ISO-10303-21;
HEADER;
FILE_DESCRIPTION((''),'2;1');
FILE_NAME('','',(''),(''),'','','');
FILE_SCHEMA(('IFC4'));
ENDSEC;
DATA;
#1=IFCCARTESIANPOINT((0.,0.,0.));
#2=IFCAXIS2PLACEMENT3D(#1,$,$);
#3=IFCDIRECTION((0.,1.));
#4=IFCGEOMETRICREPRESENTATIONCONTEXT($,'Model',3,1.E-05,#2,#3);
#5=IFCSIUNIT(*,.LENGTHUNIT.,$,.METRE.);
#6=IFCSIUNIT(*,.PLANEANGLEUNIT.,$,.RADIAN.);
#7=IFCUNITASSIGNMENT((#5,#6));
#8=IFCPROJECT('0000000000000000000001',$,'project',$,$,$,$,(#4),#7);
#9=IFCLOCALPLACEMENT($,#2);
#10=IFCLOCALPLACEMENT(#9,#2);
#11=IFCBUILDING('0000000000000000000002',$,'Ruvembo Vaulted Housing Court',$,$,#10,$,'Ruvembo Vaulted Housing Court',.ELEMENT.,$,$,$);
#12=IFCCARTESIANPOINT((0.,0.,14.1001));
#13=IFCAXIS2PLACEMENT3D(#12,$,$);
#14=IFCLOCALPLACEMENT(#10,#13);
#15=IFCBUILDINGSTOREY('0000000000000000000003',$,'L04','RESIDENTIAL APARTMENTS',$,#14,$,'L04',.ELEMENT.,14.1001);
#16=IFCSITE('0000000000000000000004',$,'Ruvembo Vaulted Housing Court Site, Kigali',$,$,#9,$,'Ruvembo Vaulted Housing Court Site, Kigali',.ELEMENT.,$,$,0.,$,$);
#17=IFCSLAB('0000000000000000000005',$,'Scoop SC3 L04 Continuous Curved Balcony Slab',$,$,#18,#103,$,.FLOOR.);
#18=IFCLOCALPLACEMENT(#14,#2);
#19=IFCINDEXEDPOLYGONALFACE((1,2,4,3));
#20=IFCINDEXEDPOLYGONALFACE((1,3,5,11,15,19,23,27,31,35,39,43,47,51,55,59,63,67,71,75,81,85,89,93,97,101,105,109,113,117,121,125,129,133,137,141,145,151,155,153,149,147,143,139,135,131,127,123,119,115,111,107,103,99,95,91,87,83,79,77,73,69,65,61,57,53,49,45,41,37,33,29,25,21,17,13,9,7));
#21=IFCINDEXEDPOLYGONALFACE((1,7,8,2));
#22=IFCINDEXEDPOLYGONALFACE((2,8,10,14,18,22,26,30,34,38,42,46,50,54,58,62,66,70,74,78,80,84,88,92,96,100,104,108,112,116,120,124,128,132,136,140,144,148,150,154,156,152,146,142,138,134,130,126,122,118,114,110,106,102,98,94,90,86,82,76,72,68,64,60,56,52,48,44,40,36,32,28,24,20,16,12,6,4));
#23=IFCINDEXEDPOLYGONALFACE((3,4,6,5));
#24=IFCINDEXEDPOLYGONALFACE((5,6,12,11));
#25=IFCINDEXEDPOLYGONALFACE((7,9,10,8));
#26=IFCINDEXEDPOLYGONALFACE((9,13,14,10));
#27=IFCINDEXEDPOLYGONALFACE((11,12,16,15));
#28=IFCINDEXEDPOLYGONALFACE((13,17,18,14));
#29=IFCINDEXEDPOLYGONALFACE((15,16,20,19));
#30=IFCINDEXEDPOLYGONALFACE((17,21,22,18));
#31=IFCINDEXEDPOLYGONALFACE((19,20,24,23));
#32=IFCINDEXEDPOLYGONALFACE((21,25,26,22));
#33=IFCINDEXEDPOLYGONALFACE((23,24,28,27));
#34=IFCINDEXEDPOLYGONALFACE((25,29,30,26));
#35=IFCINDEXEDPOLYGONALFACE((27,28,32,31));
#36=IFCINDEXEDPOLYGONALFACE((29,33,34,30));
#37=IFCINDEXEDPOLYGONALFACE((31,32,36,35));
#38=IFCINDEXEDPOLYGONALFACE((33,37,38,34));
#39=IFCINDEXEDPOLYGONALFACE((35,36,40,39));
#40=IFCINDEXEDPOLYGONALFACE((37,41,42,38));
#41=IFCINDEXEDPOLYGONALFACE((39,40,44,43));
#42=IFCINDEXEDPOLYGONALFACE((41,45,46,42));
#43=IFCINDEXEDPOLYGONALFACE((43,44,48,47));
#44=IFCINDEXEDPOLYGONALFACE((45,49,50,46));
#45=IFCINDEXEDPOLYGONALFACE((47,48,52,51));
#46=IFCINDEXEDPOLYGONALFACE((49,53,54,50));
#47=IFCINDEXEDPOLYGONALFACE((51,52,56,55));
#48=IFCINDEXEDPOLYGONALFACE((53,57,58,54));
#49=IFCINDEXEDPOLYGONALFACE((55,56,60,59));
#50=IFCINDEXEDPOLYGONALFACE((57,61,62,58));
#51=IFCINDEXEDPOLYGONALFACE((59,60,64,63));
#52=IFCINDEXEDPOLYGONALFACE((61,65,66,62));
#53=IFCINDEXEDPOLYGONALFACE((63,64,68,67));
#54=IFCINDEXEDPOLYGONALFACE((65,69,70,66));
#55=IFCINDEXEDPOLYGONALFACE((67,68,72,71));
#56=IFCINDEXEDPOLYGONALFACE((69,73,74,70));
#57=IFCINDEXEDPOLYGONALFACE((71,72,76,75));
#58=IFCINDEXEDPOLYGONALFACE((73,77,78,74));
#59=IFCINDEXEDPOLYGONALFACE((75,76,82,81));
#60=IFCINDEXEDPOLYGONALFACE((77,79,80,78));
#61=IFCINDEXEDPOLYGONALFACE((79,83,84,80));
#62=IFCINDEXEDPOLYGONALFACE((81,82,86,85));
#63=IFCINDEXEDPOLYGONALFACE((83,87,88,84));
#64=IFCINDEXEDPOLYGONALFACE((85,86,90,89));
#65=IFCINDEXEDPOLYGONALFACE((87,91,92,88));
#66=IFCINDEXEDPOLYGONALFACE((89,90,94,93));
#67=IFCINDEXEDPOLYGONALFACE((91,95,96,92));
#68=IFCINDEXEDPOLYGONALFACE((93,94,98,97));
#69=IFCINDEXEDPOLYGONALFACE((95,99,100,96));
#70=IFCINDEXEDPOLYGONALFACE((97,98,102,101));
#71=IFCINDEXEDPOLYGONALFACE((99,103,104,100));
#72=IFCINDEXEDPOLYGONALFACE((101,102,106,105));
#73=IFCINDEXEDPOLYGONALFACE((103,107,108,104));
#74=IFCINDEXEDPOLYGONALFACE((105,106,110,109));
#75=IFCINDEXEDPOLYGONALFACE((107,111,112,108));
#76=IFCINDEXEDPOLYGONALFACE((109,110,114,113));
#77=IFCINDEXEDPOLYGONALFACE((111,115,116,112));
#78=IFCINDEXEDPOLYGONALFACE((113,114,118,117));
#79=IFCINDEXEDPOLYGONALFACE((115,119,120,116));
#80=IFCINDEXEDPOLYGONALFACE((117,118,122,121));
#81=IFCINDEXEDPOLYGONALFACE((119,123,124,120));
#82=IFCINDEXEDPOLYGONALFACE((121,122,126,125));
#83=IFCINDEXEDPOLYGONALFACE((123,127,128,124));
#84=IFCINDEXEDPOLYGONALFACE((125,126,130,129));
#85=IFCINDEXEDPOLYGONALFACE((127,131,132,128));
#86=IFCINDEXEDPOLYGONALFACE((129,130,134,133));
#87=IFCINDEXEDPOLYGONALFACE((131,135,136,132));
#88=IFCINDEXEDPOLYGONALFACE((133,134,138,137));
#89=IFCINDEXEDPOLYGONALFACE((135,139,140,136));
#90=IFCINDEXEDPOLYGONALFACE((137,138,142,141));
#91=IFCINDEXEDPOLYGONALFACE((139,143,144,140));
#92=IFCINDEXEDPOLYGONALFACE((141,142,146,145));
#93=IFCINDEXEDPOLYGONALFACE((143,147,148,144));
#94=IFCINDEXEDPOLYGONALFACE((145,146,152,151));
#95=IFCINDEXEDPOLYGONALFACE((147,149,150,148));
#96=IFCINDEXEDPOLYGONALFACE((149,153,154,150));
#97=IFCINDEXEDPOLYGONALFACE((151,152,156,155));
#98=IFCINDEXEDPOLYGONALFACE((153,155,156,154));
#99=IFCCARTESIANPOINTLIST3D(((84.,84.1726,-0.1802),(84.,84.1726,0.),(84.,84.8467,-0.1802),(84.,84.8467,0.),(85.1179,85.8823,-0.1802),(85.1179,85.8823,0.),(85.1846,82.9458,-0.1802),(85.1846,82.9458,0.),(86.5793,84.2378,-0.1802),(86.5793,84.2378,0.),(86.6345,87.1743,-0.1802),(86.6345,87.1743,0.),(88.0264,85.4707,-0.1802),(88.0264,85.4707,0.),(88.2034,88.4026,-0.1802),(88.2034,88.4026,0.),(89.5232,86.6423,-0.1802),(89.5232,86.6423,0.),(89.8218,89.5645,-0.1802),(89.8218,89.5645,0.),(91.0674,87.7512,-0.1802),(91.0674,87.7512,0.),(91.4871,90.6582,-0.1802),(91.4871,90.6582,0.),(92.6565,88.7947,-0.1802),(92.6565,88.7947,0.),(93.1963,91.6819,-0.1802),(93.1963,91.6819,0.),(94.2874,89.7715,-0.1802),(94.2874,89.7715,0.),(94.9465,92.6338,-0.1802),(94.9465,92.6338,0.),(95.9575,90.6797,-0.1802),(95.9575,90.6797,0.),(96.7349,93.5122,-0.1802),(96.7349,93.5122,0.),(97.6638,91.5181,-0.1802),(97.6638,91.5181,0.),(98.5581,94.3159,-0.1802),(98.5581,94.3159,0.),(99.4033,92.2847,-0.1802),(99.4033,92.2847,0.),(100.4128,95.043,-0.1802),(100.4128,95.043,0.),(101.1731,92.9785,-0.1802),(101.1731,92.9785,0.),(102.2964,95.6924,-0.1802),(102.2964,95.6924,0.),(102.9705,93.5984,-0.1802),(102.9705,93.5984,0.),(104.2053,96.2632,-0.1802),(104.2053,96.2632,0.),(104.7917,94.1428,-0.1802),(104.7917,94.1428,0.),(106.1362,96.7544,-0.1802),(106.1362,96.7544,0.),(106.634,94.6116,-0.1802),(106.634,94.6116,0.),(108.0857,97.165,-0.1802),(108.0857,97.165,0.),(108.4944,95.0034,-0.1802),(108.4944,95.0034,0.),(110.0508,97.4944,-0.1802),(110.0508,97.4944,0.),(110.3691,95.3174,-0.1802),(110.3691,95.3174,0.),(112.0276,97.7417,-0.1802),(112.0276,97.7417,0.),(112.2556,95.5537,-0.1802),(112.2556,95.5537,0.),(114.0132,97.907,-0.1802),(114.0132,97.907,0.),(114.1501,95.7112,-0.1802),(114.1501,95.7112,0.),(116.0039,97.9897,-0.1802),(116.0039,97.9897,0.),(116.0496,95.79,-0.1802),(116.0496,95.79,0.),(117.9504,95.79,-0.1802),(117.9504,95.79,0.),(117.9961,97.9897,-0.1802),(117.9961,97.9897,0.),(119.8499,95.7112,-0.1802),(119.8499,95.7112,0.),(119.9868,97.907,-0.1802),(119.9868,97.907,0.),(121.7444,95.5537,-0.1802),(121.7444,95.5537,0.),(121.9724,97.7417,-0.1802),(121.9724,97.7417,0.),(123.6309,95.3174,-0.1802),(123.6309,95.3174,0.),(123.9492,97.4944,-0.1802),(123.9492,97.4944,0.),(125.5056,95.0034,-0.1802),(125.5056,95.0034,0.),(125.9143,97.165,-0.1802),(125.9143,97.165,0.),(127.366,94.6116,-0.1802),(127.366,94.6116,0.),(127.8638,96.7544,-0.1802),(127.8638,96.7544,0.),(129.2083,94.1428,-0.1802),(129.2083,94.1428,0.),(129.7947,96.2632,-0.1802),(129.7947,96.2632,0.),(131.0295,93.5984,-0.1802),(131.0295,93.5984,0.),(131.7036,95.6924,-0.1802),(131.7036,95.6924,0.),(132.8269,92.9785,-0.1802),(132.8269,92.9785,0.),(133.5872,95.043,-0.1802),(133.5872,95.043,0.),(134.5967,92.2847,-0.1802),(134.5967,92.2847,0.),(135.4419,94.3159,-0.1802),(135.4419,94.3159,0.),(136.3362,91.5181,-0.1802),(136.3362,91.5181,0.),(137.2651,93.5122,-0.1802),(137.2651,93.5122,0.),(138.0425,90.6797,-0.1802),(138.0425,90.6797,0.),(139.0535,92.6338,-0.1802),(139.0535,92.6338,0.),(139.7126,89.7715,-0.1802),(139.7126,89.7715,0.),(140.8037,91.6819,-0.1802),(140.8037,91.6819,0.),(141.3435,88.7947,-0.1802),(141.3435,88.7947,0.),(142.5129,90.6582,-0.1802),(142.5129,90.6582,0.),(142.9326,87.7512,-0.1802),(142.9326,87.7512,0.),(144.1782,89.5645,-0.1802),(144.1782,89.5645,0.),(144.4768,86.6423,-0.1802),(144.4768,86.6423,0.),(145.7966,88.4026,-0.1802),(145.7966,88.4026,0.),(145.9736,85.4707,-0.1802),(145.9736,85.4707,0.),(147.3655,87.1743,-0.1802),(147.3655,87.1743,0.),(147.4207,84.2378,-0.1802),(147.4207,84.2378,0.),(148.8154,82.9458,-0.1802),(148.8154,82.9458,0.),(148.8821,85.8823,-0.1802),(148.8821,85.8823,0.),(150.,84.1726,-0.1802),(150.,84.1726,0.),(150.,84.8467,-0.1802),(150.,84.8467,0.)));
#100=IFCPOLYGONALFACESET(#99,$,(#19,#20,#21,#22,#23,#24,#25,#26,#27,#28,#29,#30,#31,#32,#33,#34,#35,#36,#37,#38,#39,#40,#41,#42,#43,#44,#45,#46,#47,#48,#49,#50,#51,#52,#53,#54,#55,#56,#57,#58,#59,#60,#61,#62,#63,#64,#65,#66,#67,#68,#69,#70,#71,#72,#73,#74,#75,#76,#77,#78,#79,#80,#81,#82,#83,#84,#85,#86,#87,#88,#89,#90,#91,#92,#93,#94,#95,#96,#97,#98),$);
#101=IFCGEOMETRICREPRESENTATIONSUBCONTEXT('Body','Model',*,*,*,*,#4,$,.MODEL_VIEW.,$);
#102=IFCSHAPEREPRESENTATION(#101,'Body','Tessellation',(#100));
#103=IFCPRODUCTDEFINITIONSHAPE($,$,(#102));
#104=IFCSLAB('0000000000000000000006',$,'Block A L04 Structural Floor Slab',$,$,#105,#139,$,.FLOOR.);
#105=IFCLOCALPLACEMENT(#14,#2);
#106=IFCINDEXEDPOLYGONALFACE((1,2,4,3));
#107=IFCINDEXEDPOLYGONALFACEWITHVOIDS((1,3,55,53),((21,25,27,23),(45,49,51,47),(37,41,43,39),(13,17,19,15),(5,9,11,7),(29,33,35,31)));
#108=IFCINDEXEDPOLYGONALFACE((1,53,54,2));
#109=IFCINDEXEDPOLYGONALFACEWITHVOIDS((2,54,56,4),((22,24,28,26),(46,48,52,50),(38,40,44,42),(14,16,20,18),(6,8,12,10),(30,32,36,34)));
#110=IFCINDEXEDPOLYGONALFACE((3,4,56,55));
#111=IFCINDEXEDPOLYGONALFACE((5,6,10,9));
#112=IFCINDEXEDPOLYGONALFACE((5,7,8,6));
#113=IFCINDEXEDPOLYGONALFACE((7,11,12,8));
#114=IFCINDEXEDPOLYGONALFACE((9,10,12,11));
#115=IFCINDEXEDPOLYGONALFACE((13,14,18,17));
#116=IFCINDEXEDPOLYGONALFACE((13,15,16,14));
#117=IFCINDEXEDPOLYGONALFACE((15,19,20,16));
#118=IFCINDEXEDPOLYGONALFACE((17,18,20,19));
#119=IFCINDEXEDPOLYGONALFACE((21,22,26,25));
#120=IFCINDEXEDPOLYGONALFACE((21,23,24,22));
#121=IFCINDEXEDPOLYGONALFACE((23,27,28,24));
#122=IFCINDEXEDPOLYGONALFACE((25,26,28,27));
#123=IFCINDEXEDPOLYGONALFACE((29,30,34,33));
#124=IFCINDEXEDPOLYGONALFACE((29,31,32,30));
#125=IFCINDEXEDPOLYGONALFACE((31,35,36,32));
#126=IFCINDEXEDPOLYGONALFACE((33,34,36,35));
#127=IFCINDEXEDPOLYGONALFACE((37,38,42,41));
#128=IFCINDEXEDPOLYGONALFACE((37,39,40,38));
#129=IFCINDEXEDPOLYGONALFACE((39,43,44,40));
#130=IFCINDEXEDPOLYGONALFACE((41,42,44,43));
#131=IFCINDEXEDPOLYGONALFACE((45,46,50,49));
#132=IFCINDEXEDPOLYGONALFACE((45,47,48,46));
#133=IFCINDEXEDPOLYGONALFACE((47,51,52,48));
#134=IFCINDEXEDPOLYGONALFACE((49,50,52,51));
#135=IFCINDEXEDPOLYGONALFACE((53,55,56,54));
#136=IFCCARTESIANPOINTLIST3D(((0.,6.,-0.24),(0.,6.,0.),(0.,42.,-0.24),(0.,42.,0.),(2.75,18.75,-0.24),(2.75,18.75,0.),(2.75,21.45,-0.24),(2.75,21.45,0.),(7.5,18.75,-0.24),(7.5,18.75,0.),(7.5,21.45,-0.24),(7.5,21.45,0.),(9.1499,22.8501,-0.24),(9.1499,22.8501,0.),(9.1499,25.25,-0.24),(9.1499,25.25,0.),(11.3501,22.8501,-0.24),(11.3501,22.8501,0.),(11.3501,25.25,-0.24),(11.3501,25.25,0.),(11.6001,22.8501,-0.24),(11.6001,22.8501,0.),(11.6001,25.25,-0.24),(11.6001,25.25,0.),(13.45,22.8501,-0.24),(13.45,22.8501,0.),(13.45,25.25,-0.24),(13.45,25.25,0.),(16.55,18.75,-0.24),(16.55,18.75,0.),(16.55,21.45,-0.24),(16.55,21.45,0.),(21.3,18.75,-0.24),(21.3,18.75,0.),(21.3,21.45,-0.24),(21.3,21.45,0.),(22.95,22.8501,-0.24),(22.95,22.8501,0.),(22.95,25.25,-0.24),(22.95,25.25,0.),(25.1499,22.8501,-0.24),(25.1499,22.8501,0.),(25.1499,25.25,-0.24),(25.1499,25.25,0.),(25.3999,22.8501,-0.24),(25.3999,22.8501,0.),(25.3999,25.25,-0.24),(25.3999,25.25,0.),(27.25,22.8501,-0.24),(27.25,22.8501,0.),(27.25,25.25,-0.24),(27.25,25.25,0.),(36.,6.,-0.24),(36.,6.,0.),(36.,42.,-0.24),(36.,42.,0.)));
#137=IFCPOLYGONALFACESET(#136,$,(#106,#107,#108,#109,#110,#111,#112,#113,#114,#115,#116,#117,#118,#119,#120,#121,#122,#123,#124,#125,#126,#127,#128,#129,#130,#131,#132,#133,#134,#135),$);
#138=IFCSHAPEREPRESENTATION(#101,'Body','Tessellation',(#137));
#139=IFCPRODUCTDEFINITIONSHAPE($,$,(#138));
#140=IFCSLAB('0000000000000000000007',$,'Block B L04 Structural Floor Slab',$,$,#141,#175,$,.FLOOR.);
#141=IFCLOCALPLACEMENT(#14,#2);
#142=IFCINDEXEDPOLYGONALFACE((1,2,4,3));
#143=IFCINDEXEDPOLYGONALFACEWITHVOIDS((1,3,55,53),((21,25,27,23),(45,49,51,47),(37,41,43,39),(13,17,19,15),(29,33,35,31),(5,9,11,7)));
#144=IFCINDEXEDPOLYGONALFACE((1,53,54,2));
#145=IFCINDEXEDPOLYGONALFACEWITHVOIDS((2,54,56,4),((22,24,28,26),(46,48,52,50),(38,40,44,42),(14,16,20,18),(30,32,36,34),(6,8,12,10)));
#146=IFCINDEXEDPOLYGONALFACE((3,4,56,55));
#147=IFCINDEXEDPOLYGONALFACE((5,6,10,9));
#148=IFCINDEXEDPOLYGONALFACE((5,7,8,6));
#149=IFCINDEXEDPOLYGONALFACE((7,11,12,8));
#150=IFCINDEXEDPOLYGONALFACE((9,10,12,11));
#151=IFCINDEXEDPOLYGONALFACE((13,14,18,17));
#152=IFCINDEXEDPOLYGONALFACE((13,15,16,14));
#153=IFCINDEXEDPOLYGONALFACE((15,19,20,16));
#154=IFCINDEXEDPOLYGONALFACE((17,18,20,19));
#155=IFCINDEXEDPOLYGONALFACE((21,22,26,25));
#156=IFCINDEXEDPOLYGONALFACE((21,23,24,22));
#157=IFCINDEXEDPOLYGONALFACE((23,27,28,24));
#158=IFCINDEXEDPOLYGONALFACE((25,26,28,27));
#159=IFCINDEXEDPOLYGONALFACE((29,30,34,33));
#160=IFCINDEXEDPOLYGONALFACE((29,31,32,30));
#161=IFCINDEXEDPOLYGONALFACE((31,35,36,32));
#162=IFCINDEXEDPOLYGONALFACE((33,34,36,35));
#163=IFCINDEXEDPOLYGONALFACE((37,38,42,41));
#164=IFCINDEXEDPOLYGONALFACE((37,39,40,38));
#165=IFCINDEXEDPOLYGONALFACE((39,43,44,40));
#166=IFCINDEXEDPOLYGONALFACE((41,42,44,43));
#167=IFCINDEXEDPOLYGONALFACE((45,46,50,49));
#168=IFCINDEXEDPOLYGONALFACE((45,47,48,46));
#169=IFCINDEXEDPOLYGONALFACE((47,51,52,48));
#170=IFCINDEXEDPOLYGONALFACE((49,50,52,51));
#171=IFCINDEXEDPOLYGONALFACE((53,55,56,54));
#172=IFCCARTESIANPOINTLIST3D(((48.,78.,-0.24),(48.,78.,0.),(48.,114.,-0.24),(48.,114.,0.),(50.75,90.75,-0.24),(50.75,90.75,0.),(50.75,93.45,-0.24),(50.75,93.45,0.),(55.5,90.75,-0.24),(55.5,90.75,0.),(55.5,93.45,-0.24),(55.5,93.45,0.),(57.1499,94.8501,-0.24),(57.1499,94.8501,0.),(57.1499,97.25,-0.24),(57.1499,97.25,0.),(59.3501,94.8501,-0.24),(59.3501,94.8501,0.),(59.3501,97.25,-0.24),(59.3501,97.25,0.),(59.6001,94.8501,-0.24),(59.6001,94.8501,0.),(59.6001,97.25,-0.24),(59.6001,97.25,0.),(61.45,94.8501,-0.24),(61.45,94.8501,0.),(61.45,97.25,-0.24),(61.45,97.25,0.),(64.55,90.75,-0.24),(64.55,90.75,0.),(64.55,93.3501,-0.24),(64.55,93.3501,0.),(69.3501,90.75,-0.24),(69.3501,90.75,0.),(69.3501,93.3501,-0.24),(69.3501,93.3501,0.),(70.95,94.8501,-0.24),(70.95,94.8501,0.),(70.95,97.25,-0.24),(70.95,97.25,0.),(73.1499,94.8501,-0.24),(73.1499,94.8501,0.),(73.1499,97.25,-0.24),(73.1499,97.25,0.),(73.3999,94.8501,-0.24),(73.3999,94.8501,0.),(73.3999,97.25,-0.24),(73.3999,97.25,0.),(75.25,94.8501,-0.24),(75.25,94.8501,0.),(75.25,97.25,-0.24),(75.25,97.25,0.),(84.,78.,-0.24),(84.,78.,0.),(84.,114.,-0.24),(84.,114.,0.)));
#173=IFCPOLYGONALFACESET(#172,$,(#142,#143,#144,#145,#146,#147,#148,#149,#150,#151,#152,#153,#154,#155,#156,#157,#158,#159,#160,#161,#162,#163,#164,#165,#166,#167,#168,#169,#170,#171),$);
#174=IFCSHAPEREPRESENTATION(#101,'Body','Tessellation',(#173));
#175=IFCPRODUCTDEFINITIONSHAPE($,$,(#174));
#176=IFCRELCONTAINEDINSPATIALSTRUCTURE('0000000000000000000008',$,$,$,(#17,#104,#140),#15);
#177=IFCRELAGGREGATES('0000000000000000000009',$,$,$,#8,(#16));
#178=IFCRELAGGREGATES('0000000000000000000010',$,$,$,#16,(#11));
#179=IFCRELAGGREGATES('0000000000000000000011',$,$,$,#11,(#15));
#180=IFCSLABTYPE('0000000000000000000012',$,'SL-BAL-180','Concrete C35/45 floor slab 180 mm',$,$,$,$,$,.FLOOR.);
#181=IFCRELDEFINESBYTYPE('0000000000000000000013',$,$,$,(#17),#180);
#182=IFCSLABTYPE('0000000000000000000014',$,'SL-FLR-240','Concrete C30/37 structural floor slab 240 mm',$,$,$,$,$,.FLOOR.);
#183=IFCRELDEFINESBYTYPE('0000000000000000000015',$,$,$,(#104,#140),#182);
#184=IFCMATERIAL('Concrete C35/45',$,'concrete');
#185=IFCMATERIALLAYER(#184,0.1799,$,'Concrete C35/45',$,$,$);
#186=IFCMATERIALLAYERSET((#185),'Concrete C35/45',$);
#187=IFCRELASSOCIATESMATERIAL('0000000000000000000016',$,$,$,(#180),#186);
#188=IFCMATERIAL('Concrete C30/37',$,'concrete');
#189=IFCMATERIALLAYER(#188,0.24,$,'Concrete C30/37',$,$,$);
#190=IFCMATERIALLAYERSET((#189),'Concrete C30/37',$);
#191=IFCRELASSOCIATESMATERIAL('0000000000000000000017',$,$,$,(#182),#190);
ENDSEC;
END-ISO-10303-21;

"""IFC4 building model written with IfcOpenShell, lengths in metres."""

from ifc_helpers import new_model, si_unit, direction, frame, origin, place, context, subcontext, project, spatial, polyline, outline, extrude, material, layer, layer_set, type_object, element, save


model = new_model("IFC4")

# Units and contexts
model_context = context("Model", 3, precision=1e-05, world=origin(), true_north=direction((0.0, 1.0)))
body_context = subcontext(model_context, "Body", "Model", "MODEL_VIEW")
ifc_project = project(units=[si_unit("LENGTHUNIT", "METRE"), si_unit("PLANEANGLEUNIT", "RADIAN")], contexts=[model_context])

# Site, building, storey
site_placement = place(None, origin())
site = spatial("IfcSite", under=ifc_project, at=site_placement, Name="Ruvembo Vaulted Housing Court Site, Kigali", LongName="Ruvembo Vaulted Housing Court Site, Kigali", CompositionType="ELEMENT", RefElevation=0.0)
building_placement = place(site_placement, origin())
building = spatial("IfcBuilding", under=site, at=building_placement, Name="Ruvembo Vaulted Housing Court", LongName="Ruvembo Vaulted Housing Court", CompositionType="ELEMENT")
storey_placement = place(building_placement, frame((0.0, 0.0, 14.1001)))
storey = spatial("IfcBuildingStorey", under=building, at=storey_placement, Name="L04", Description="RESIDENTIAL APARTMENTS", LongName="L04", CompositionType="ELEMENT", Elevation=14.1001)

# Slabs
ifc_material_1 = material(Name="Concrete C35/45", Category="concrete")
ifc_layer_1 = layer(ifc_material_1, 0.1799, Name="Concrete C35/45")
ifc_layer_set_1 = layer_set([ifc_layer_1], Name="Concrete C35/45")
slab_type_1 = type_object("IfcSlabType", Name="SL-BAL-180", Description="Concrete C35/45 floor slab 180 mm", PredefinedType="FLOOR", material=ifc_layer_set_1)
slab_1_placement = place(storey_placement, frame((0.0, 0.0, -0.1802)))
element("IfcSlab", 1, at=slab_1_placement, inside=storey, type_object=slab_type_1, Name="Scoop SC3 L04 Continuous Curved Balcony Slab", PredefinedType="FLOOR", context=body_context, shape_type="SweptSolid", body=[
    extrude(outline(polyline([(150.0, 84.1726), (150.0, 84.8467), (148.8821, 85.8823), (147.3655, 87.1743), (145.7966, 88.4026), (144.1782, 89.5645), (142.5129, 90.6582), (140.8037, 91.6819), (139.0535, 92.6338), (137.2651, 93.5122), (135.4419, 94.3159), (133.5872, 95.043), (131.7036, 95.6924), (129.7947, 96.2632), (127.8638, 96.7544), (125.9143, 97.165), (123.9492, 97.4944), (121.9724, 97.7417), (119.9868, 97.907), (117.9961, 97.9897), (116.0039, 97.9897), (114.0132, 97.907), (112.0276, 97.7417), (110.0508, 97.4944), (108.0857, 97.165), (106.1362, 96.7544), (104.2053, 96.2632), (102.2964, 95.6924), (100.4128, 95.043), (98.5581, 94.3159), (96.7349, 93.5122), (94.9465, 92.6338), (93.1963, 91.6819), (91.4871, 90.6582), (89.8218, 89.5645), (88.2034, 88.4026), (86.6345, 87.1743), (85.1179, 85.8823), (84.0, 84.8467), (84.0, 84.1726), (85.1846, 82.9458), (86.5793, 84.2378), (88.0264, 85.4707), (89.5232, 86.6423), (91.0674, 87.7512), (92.6565, 88.7947), (94.2874, 89.7715), (95.9575, 90.6797), (97.6638, 91.5181), (99.4033, 92.2847), (101.1731, 92.9785), (102.9705, 93.5984), (104.7917, 94.1428), (106.634, 94.6116), (108.4944, 95.0034), (110.3691, 95.3174), (112.2556, 95.5537), (114.1501, 95.7112), (116.0496, 95.79), (117.9504, 95.79), (119.8499, 95.7112), (121.7444, 95.5537), (123.6309, 95.3174), (125.5056, 95.0034), (127.366, 94.6116), (129.2083, 94.1428), (131.0295, 93.5984), (132.8269, 92.9785), (134.5967, 92.2847), (136.3362, 91.5181), (138.0425, 90.6797), (139.7126, 89.7715), (141.3435, 88.7947), (142.9326, 87.7512), (144.4768, 86.6423), (145.9736, 85.4707), (147.4207, 84.2378), (148.8154, 82.9458), (150.0, 84.1726)])), origin(), (0.0, 0.0, 1.0), 0.1802),
])
ifc_material_2 = material(Name="Concrete C30/37", Category="concrete")
ifc_layer_2 = layer(ifc_material_2, 0.24, Name="Concrete C30/37")
ifc_layer_set_2 = layer_set([ifc_layer_2], Name="Concrete C30/37")
slab_type_2 = type_object("IfcSlabType", Name="SL-FLR-240", Description="Concrete C30/37 structural floor slab 240 mm", PredefinedType="FLOOR", material=ifc_layer_set_2)
slab_2_placement = place(storey_placement, frame((0.0, 0.0, -0.24)))
element("IfcSlab", 2, at=slab_2_placement, inside=storey, type_object=slab_type_2, Name="Block A L04 Structural Floor Slab", PredefinedType="FLOOR", context=body_context, shape_type="SweptSolid", body=[
    extrude(outline(polyline([(36.0, 6.0), (36.0, 42.0), (0.0, 42.0), (0.0, 6.0), (36.0, 6.0)]), holes=[polyline([(7.5, 21.45), (2.75, 21.45), (2.75, 18.75), (7.5, 18.75), (7.5, 21.45)]), polyline([(9.1499, 22.8501), (11.3501, 22.8501), (11.3501, 25.25), (9.1499, 25.25), (9.1499, 22.8501)]), polyline([(11.6001, 22.8501), (13.45, 22.8501), (13.45, 25.25), (11.6001, 25.25), (11.6001, 22.8501)]), polyline([(21.3, 21.45), (16.55, 21.45), (16.55, 18.75), (21.3, 18.75), (21.3, 21.45)]), polyline([(22.95, 22.8501), (25.1499, 22.8501), (25.1499, 25.25), (22.95, 25.25), (22.95, 22.8501)]), polyline([(25.3999, 22.8501), (27.25, 22.8501), (27.25, 25.25), (25.3999, 25.25), (25.3999, 22.8501)])]), origin(), (0.0, 0.0, 1.0), 0.24),
])
slab_3_placement = place(storey_placement, frame((0.0, 0.0, -0.24)))
element("IfcSlab", 3, at=slab_3_placement, inside=storey, type_object=slab_type_2, Name="Block B L04 Structural Floor Slab", PredefinedType="FLOOR", context=body_context, shape_type="SweptSolid", body=[
    extrude(outline(polyline([(84.0, 78.0), (84.0, 114.0), (48.0, 114.0), (48.0, 78.0), (84.0, 78.0)]), holes=[polyline([(55.5, 93.45), (50.75, 93.45), (50.75, 90.75), (55.5, 90.75), (55.5, 93.45)]), polyline([(57.1499, 94.8501), (59.3501, 94.8501), (59.3501, 97.25), (57.1499, 97.25), (57.1499, 94.8501)]), polyline([(59.6001, 94.8501), (61.45, 94.8501), (61.45, 97.25), (59.6001, 97.25), (59.6001, 94.8501)]), polyline([(69.3501, 93.3501), (64.55, 93.3501), (64.55, 90.75), (69.3501, 90.75), (69.3501, 93.3501)]), polyline([(70.95, 94.8501), (73.1499, 94.8501), (73.1499, 97.25), (70.95, 97.25), (70.95, 94.8501)]), polyline([(73.3999, 94.8501), (75.25, 94.8501), (75.25, 97.25), (73.3999, 97.25), (73.3999, 94.8501)])]), origin(), (0.0, 0.0, 1.0), 0.24),
])

save(model, "model.ifc")
